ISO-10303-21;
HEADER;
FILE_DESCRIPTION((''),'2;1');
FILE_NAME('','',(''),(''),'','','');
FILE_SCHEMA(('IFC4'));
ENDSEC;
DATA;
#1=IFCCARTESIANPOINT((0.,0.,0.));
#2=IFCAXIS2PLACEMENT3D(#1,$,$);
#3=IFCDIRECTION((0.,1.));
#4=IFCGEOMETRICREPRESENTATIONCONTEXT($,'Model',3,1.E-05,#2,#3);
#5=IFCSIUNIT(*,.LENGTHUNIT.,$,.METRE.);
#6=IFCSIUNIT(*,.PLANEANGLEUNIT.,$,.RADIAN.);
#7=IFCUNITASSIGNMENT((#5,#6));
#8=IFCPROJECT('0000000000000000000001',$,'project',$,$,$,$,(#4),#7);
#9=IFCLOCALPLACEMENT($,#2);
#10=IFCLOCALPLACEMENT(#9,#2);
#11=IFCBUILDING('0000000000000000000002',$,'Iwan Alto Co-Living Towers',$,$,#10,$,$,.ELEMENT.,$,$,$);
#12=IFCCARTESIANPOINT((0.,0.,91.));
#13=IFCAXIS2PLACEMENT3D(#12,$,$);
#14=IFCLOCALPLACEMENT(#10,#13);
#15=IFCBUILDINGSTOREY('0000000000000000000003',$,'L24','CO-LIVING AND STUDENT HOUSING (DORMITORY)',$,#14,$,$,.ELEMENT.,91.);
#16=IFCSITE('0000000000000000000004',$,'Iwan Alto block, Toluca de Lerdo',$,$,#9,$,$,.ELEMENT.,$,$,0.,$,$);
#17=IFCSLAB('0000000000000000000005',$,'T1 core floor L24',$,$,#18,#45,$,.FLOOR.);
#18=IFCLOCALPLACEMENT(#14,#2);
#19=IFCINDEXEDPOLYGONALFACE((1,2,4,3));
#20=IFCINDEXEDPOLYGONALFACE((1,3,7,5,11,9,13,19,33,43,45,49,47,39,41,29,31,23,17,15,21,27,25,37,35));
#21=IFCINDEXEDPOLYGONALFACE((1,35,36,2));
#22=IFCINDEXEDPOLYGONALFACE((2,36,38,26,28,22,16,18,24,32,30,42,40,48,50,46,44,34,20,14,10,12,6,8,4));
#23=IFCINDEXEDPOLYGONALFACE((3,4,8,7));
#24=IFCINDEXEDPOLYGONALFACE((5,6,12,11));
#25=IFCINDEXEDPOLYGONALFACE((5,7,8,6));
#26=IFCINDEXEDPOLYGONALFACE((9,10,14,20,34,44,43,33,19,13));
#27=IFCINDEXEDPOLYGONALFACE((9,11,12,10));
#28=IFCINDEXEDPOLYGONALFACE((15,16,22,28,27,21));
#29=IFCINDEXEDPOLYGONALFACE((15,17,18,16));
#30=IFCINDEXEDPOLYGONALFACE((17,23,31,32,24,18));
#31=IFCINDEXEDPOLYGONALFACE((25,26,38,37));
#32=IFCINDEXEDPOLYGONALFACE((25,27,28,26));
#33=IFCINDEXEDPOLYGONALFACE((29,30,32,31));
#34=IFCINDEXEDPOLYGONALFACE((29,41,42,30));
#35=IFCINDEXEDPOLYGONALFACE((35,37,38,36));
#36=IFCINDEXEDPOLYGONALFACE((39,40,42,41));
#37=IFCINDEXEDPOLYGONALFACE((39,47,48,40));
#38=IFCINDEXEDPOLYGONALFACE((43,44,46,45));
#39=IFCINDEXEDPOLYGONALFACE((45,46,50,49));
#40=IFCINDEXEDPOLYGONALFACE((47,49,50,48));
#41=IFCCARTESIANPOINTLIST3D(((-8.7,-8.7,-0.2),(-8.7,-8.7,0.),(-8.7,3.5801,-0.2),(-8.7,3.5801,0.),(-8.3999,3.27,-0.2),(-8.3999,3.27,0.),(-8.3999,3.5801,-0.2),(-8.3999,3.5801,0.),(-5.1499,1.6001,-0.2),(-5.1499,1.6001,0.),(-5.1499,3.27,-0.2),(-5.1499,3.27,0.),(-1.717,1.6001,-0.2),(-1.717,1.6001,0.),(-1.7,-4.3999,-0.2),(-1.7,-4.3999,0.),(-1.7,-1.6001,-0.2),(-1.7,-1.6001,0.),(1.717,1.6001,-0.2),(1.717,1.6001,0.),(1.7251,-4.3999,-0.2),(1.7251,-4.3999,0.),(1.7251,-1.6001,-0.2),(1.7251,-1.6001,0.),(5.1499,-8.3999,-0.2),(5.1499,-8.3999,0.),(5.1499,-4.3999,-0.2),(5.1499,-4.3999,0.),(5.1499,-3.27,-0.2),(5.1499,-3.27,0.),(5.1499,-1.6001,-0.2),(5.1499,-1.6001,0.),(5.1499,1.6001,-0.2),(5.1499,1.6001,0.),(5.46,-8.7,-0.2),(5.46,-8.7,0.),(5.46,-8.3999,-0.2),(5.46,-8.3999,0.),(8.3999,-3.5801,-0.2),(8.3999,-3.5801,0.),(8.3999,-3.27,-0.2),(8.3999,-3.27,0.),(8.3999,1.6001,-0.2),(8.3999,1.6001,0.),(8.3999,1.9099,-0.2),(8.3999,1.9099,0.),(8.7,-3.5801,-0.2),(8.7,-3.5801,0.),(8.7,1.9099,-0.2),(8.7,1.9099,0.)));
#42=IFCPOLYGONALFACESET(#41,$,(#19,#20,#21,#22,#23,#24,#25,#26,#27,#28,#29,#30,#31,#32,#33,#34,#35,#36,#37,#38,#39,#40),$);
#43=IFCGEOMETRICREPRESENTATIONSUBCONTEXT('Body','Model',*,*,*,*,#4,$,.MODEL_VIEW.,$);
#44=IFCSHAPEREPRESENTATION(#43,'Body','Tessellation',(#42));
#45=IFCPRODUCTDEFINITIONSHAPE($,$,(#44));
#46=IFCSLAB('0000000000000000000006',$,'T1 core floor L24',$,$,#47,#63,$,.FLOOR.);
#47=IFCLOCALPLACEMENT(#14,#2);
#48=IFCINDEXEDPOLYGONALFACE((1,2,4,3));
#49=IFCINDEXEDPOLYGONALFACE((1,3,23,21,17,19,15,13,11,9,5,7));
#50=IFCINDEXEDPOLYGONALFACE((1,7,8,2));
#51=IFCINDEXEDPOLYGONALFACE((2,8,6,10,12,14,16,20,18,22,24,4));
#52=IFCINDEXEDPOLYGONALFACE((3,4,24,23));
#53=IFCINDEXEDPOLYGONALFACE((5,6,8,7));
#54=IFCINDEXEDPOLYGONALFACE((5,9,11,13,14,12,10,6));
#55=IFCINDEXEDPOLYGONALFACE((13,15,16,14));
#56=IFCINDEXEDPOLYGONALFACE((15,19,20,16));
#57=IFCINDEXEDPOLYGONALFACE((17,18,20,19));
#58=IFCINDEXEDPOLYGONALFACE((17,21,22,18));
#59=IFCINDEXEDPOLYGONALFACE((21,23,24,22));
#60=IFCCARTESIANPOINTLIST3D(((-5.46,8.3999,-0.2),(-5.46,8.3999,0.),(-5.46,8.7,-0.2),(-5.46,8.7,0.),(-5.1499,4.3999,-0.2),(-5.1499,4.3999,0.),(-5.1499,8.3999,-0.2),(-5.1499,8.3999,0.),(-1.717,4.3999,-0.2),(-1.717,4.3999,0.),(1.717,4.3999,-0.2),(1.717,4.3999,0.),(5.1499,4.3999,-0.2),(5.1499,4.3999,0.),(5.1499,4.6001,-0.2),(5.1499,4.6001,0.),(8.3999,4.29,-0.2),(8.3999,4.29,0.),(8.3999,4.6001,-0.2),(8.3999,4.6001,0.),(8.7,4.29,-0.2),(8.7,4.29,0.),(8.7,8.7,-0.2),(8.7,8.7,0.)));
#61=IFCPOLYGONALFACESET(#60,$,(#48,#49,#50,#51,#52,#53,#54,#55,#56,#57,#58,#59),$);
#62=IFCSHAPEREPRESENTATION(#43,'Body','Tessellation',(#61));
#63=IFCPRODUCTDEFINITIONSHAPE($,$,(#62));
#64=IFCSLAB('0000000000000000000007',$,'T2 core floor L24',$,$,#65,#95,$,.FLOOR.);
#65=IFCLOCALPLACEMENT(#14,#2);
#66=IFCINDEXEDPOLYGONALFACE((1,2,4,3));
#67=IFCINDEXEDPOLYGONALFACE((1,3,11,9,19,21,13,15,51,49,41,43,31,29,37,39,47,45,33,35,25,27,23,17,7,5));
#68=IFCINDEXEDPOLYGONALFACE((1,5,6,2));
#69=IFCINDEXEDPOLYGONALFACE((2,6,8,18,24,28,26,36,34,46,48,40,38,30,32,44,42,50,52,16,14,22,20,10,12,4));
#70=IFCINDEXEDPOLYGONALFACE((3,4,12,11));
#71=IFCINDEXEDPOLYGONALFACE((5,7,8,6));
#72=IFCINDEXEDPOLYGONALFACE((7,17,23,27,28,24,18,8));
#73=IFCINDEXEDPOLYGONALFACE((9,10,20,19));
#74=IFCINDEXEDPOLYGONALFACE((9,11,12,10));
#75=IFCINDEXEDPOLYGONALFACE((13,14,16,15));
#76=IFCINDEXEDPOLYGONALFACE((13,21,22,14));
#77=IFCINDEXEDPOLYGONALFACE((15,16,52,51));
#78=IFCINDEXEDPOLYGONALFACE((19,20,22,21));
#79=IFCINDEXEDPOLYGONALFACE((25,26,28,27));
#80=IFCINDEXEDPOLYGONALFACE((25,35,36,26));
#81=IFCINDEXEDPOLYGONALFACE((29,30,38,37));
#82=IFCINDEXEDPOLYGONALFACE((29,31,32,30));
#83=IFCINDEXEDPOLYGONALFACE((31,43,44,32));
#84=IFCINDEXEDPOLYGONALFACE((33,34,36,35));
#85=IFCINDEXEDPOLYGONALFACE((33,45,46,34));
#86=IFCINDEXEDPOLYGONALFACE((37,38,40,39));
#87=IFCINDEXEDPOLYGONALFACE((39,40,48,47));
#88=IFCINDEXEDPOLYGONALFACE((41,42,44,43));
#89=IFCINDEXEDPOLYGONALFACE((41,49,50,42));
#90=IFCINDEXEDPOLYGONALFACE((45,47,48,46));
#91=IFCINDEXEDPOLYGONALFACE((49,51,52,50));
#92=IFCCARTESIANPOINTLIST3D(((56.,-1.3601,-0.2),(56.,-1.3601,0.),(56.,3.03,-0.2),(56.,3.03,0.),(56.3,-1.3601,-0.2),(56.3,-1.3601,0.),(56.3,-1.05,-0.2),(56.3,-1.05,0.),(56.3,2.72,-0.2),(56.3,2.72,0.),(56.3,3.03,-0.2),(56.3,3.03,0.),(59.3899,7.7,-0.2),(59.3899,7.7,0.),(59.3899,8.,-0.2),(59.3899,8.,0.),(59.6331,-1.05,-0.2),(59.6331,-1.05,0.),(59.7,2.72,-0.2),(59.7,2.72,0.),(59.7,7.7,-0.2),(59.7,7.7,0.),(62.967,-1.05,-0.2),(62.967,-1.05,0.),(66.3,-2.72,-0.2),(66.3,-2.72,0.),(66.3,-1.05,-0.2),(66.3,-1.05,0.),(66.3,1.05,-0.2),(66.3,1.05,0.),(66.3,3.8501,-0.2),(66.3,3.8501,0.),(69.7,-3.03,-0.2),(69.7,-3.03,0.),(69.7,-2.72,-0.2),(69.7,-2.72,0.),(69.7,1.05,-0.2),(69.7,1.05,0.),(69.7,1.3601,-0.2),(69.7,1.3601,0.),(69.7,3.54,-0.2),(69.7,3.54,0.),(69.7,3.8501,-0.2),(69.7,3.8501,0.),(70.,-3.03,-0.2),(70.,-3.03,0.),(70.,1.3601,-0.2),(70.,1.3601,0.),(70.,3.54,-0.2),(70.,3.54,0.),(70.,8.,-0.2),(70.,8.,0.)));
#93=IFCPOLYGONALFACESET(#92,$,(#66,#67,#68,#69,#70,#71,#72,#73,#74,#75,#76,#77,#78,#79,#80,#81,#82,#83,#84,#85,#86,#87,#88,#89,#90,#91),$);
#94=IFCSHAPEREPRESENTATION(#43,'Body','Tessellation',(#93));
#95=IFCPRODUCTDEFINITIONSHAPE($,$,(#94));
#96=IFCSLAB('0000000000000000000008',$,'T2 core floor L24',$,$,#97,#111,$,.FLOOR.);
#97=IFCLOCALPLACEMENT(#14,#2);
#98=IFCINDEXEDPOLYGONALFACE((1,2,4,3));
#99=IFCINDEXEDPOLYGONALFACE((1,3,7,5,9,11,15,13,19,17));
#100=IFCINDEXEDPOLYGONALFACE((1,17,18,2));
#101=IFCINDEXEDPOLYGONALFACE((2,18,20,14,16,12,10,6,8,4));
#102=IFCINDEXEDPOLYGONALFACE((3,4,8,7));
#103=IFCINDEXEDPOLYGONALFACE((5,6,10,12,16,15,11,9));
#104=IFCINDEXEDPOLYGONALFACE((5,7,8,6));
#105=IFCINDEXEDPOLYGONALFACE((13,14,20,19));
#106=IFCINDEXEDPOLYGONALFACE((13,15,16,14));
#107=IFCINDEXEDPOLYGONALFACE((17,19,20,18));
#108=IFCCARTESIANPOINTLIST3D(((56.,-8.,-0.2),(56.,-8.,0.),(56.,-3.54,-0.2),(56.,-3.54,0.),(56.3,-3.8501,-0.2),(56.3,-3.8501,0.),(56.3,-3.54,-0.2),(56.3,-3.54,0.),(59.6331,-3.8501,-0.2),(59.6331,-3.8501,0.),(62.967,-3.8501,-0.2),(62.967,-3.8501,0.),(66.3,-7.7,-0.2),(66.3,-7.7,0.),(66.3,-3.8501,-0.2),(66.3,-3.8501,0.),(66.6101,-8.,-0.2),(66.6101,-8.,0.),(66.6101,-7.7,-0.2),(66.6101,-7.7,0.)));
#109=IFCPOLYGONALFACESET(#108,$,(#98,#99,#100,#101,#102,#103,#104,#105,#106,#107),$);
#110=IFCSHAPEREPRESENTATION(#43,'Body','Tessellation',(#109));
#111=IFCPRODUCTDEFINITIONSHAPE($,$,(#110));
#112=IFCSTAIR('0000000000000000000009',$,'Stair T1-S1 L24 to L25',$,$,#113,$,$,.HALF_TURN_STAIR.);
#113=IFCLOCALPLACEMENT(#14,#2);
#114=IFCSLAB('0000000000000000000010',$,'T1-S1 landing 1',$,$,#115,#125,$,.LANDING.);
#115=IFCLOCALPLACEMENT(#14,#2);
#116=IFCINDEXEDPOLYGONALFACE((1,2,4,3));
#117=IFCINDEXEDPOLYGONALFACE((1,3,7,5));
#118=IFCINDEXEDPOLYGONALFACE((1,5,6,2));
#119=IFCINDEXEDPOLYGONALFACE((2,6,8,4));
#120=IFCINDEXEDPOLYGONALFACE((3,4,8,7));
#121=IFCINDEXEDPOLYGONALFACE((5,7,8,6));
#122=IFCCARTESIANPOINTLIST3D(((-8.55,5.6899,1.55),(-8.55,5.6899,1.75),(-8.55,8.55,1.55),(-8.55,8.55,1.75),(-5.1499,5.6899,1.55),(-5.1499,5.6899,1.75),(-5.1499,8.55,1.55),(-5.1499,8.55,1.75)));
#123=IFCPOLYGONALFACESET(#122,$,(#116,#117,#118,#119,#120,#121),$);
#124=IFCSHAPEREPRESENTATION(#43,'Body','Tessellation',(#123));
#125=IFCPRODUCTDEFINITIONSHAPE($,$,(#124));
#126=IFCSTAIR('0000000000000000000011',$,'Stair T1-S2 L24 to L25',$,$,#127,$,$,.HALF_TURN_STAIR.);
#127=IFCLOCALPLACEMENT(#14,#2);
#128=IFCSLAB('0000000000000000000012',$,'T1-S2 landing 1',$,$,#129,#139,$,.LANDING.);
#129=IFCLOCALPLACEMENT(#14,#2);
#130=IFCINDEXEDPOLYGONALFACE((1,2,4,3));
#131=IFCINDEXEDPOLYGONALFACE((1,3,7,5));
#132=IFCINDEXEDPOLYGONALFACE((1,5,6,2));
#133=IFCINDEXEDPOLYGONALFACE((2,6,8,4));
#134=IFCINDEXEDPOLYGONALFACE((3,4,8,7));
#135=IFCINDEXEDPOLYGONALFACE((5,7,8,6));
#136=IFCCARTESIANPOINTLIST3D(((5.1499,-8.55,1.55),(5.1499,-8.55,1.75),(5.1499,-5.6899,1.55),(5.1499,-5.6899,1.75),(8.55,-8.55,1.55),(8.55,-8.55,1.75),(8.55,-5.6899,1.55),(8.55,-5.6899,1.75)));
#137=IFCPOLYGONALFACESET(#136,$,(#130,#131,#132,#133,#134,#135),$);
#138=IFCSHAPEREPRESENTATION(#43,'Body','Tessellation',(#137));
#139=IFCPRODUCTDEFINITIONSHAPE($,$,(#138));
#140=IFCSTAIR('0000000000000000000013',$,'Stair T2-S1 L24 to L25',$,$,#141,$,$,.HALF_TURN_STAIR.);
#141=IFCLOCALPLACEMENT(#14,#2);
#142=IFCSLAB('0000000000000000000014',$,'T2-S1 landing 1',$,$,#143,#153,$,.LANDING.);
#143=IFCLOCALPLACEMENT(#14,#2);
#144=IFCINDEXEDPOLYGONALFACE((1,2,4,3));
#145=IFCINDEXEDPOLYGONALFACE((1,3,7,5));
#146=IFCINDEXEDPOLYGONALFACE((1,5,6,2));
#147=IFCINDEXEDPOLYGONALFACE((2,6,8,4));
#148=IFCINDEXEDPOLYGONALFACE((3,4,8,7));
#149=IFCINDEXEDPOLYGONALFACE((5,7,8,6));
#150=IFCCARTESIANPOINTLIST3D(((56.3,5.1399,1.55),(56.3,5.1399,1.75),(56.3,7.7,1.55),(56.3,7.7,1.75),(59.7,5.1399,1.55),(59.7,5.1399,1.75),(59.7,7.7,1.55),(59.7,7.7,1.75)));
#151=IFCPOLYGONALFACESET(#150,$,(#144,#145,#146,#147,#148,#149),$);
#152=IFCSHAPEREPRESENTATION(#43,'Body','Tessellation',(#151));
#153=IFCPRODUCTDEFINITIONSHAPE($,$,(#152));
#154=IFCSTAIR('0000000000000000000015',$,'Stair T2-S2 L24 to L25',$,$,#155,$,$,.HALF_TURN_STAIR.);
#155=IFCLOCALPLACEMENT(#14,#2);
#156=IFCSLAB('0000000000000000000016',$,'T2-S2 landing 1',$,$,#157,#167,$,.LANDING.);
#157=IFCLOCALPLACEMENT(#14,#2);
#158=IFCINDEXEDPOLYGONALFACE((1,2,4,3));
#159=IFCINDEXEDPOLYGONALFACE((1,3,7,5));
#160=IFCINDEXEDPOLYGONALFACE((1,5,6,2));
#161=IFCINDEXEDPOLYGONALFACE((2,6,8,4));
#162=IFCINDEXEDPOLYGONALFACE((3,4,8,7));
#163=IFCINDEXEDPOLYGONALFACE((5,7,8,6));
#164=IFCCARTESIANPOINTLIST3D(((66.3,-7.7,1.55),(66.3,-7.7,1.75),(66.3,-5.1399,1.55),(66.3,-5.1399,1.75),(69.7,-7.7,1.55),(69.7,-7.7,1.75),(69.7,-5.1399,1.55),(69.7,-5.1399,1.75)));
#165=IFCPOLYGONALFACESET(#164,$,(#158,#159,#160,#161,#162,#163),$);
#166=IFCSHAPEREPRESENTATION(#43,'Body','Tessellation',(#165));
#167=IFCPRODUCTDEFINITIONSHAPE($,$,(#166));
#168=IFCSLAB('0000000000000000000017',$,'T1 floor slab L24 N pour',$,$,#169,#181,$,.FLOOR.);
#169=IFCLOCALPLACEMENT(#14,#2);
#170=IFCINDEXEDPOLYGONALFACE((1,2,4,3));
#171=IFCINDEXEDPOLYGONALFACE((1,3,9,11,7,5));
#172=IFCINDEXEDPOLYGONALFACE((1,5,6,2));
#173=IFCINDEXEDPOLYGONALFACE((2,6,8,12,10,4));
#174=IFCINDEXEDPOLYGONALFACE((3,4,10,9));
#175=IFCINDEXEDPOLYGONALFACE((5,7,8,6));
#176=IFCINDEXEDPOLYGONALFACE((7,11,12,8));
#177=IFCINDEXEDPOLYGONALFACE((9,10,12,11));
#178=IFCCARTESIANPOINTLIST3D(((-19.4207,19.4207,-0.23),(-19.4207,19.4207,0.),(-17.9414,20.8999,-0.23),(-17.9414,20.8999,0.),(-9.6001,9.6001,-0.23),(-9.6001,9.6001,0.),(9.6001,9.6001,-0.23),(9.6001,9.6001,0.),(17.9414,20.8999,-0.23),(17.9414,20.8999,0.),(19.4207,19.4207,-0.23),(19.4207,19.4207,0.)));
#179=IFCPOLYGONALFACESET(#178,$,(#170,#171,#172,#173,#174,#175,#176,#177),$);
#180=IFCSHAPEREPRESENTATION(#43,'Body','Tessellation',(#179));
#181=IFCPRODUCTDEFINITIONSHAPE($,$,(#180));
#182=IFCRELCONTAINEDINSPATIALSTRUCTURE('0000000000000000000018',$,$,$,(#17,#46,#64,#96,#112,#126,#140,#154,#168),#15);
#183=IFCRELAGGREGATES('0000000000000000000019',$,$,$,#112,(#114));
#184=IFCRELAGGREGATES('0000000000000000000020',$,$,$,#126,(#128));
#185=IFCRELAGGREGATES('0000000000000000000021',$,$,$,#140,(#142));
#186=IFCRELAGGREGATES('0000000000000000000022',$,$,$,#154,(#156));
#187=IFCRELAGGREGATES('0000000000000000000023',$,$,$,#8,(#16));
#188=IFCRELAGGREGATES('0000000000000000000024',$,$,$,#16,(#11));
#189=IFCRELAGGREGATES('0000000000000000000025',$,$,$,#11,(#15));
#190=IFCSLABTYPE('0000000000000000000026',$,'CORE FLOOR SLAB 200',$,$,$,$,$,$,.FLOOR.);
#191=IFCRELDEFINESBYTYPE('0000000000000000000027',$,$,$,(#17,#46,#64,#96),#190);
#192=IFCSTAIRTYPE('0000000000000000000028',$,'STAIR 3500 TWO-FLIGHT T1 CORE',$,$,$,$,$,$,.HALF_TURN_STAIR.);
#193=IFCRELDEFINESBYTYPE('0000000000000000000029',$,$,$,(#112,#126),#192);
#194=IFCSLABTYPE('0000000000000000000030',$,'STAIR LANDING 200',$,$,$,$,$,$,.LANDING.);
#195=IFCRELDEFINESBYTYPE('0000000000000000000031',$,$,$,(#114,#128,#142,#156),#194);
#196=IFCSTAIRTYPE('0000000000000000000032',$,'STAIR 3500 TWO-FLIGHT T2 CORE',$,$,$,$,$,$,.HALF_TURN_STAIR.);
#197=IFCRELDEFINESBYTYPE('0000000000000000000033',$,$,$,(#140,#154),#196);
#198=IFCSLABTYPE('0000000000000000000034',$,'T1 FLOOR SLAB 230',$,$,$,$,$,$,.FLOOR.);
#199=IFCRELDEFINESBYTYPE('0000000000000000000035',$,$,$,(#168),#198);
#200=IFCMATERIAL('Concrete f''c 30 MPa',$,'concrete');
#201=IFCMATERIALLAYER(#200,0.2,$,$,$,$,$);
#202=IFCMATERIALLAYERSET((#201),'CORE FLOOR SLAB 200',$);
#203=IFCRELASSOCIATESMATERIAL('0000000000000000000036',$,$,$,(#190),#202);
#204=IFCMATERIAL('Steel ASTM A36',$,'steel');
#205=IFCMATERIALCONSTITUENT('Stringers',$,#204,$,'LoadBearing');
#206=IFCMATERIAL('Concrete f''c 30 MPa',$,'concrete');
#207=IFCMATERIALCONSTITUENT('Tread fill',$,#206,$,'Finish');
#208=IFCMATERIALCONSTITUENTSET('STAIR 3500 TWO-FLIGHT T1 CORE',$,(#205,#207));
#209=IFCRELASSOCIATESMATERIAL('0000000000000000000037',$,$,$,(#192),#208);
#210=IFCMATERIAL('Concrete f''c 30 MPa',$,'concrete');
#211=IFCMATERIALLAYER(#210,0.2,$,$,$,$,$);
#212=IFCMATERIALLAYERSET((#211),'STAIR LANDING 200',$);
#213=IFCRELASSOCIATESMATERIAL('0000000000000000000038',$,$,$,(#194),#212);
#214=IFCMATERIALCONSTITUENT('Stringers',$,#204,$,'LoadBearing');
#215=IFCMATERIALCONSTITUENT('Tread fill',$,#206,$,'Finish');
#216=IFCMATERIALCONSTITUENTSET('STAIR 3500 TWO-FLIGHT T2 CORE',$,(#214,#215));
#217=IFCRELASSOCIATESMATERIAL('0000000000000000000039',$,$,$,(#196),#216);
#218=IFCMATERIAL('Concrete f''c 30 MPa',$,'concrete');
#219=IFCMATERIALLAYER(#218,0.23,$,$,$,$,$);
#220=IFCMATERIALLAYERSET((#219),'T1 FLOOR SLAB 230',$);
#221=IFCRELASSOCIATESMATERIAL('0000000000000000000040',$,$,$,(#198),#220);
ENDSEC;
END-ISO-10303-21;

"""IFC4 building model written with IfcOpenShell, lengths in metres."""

from ifc_helpers import new_model, si_unit, direction, frame, origin, place, context, subcontext, project, spatial, polyline, outline, extrude, material, layer, layer_set, constituent, constituent_set, type_object, element, aggregate, save


model = new_model("IFC4")

# Units and contexts
model_context = context("Model", 3, precision=1e-05, world=origin(), true_north=direction((0.0, 1.0)))
body_context = subcontext(model_context, "Body", "Model", "MODEL_VIEW")
ifc_project = project(units=[si_unit("LENGTHUNIT", "METRE"), si_unit("PLANEANGLEUNIT", "RADIAN")], contexts=[model_context])

# Site, building, storey
site_placement = place(None, origin())
site = spatial("IfcSite", under=ifc_project, at=site_placement, Name="Iwan Alto block, Toluca de Lerdo", CompositionType="ELEMENT", RefElevation=0.0)
building_placement = place(site_placement, origin())
building = spatial("IfcBuilding", under=site, at=building_placement, Name="Iwan Alto Co-Living Towers", CompositionType="ELEMENT")
storey_placement = place(building_placement, frame((0.0, 0.0, 91.0)))
storey = spatial("IfcBuildingStorey", under=building, at=storey_placement, Name="L24", Description="CO-LIVING AND STUDENT HOUSING (DORMITORY)", CompositionType="ELEMENT", Elevation=91.0)

# Slabs
ifc_material_1 = material(Name="Concrete f'c 30 MPa", Category="concrete")
ifc_layer_1 = layer(ifc_material_1, 0.2)
ifc_layer_set_1 = layer_set([ifc_layer_1], Name="CORE FLOOR SLAB 200")
slab_type_1 = type_object("IfcSlabType", Name="CORE FLOOR SLAB 200", PredefinedType="FLOOR", material=ifc_layer_set_1)
slab_1_placement = place(storey_placement, frame((0.0, 0.0, -0.2)))
element("IfcSlab", 1, at=slab_1_placement, inside=storey, type_object=slab_type_1, Name="T1 core floor L24", PredefinedType="FLOOR", context=body_context, shape_type="SweptSolid", body=[
    extrude(outline(polyline([(5.1499, -1.6001), (1.7251, -1.6001), (-1.7, -1.6001), (-1.7, -4.3999), (1.7251, -4.3999), (5.1499, -4.3999), (5.1499, -8.3999), (5.46, -8.3999), (5.46, -8.7), (-8.7, -8.7), (-8.7, 3.5801), (-8.3999, 3.5801), (-8.3999, 3.27), (-5.1499, 3.27), (-5.1499, 1.6001), (-1.717, 1.6001), (1.717, 1.6001), (5.1499, 1.6001), (8.3999, 1.6001), (8.3999, 1.9099), (8.7, 1.9099), (8.7, -3.5801), (8.3999, -3.5801), (8.3999, -3.27), (5.1499, -3.27), (5.1499, -1.6001)])), origin(), (0.0, 0.0, 1.0), 0.2),
])
slab_2_placement = place(storey_placement, frame((0.0, 0.0, -0.2)))
element("IfcSlab", 2, at=slab_2_placement, inside=storey, type_object=slab_type_1, Name="T1 core floor L24", PredefinedType="FLOOR", context=body_context, shape_type="SweptSolid", body=[
    extrude(outline(polyline([(1.717, 4.3999), (-1.717, 4.3999), (-5.1499, 4.3999), (-5.1499, 8.3999), (-5.46, 8.3999), (-5.46, 8.7), (8.7, 8.7), (8.7, 4.29), (8.3999, 4.29), (8.3999, 4.6001), (5.1499, 4.6001), (5.1499, 4.3999), (1.717, 4.3999)])), origin(), (0.0, 0.0, 1.0), 0.2),
])
slab_3_placement = place(storey_placement, frame((0.0, 0.0, -0.2)))
element("IfcSlab", 3, at=slab_3_placement, inside=storey, type_object=slab_type_1, Name="T2 core floor L24", PredefinedType="FLOOR", context=body_context, shape_type="SweptSolid", body=[
    extrude(outline(polyline([(70.0, -3.03), (69.7, -3.03), (69.7, -2.72), (66.3, -2.72), (66.3, -1.05), (62.967, -1.05), (59.6331, -1.05), (56.3, -1.05), (56.3, -1.3601), (56.0, -1.3601), (56.0, 3.03), (56.3, 3.03), (56.3, 2.72), (59.7, 2.72), (59.7, 7.7), (59.3899, 7.7), (59.3899, 8.0), (70.0, 8.0), (70.0, 3.54), (69.7, 3.54), (69.7, 3.8501), (66.3, 3.8501), (66.3, 1.05), (69.7, 1.05), (69.7, 1.3601), (70.0, 1.3601), (70.0, -3.03)])), origin(), (0.0, 0.0, 1.0), 0.2),
])
slab_4_placement = place(storey_placement, frame((0.0, 0.0, -0.2)))
element("IfcSlab", 4, at=slab_4_placement, inside=storey, type_object=slab_type_1, Name="T2 core floor L24", PredefinedType="FLOOR", context=body_context, shape_type="SweptSolid", body=[
    extrude(outline(polyline([(62.967, -3.8501), (66.3, -3.8501), (66.3, -7.7), (66.6101, -7.7), (66.6101, -8.0), (56.0, -8.0), (56.0, -3.54), (56.3, -3.54), (56.3, -3.8501), (59.6331, -3.8501), (62.967, -3.8501)])), origin(), (0.0, 0.0, 1.0), 0.2),
])

# Stairs, slabs
ifc_material_2 = material(Name="Steel ASTM A36", Category="steel")
ifc_constituent_1 = constituent(ifc_material_2, Name="Stringers", Category="LoadBearing")
ifc_material_3 = material(Name="Concrete f'c 30 MPa", Category="concrete")
ifc_constituent_2 = constituent(ifc_material_3, Name="Tread fill", Category="Finish")
ifc_constituent_set_1 = constituent_set(constituents=[ifc_constituent_1, ifc_constituent_2], Name="STAIR 3500 TWO-FLIGHT T1 CORE")
stair_type_1 = type_object("IfcStairType", Name="STAIR 3500 TWO-FLIGHT T1 CORE", PredefinedType="HALF_TURN_STAIR", material=ifc_constituent_set_1)
stair_1_placement = place(storey_placement, origin())
stair_1 = element("IfcStair", 5, at=stair_1_placement, inside=storey, type_object=stair_type_1, Name="Stair T1-S1 L24 to L25", PredefinedType="HALF_TURN_STAIR")
ifc_material_4 = material(Name="Concrete f'c 30 MPa", Category="concrete")
ifc_layer_2 = layer(ifc_material_4, 0.2)
ifc_layer_set_2 = layer_set([ifc_layer_2], Name="STAIR LANDING 200")
slab_type_2 = type_object("IfcSlabType", Name="STAIR LANDING 200", PredefinedType="LANDING", material=ifc_layer_set_2)
slab_5_placement = place(storey_placement, frame((0.0, 0.0, 1.55)))
slab_5 = element("IfcSlab", 6, at=slab_5_placement, type_object=slab_type_2, Name="T1-S1 landing 1", PredefinedType="LANDING", context=body_context, shape_type="SweptSolid", body=[
    extrude(outline(polyline([(-8.55, 5.6899), (-8.55, 8.55), (-5.1499, 8.55), (-5.1499, 5.6899), (-8.55, 5.6899)])), origin(), (0.0, 0.0, 1.0), 0.2),
])
aggregate(stair_1, [slab_5])
stair_2_placement = place(storey_placement, origin())
stair_2 = element("IfcStair", 7, at=stair_2_placement, inside=storey, type_object=stair_type_1, Name="Stair T1-S2 L24 to L25", PredefinedType="HALF_TURN_STAIR")
slab_6_placement = place(storey_placement, frame((0.0, 0.0, 1.55)))
slab_6 = element("IfcSlab", 8, at=slab_6_placement, type_object=slab_type_2, Name="T1-S2 landing 1", PredefinedType="LANDING", context=body_context, shape_type="SweptSolid", body=[
    extrude(outline(polyline([(5.1499, -5.6899), (5.1499, -8.55), (8.55, -8.55), (8.55, -5.6899), (5.1499, -5.6899)])), origin(), (0.0, 0.0, 1.0), 0.2),
])
aggregate(stair_2, [slab_6])
ifc_constituent_3 = constituent(ifc_material_2, Name="Stringers", Category="LoadBearing")
ifc_constituent_4 = constituent(ifc_material_3, Name="Tread fill", Category="Finish")
ifc_constituent_set_2 = constituent_set(constituents=[ifc_constituent_3, ifc_constituent_4], Name="STAIR 3500 TWO-FLIGHT T2 CORE")
stair_type_2 = type_object("IfcStairType", Name="STAIR 3500 TWO-FLIGHT T2 CORE", PredefinedType="HALF_TURN_STAIR", material=ifc_constituent_set_2)
stair_3_placement = place(storey_placement, origin())
stair_3 = element("IfcStair", 9, at=stair_3_placement, inside=storey, type_object=stair_type_2, Name="Stair T2-S1 L24 to L25", PredefinedType="HALF_TURN_STAIR")
slab_7_placement = place(storey_placement, frame((0.0, 0.0, 1.55)))
slab_7 = element("IfcSlab", 10, at=slab_7_placement, type_object=slab_type_2, Name="T2-S1 landing 1", PredefinedType="LANDING", context=body_context, shape_type="SweptSolid", body=[
    extrude(outline(polyline([(56.3, 5.1399), (56.3, 7.7), (59.7, 7.7), (59.7, 5.1399), (56.3, 5.1399)])), origin(), (0.0, 0.0, 1.0), 0.2),
])
aggregate(stair_3, [slab_7])
stair_4_placement = place(storey_placement, origin())
stair_4 = element("IfcStair", 11, at=stair_4_placement, inside=storey, type_object=stair_type_2, Name="Stair T2-S2 L24 to L25", PredefinedType="HALF_TURN_STAIR")
slab_8_placement = place(storey_placement, frame((0.0, 0.0, 1.55)))
slab_8 = element("IfcSlab", 12, at=slab_8_placement, type_object=slab_type_2, Name="T2-S2 landing 1", PredefinedType="LANDING", context=body_context, shape_type="SweptSolid", body=[
    extrude(outline(polyline([(66.3, -5.1399), (66.3, -7.7), (69.7, -7.7), (69.7, -5.1399), (66.3, -5.1399)])), origin(), (0.0, 0.0, 1.0), 0.2),
])
aggregate(stair_4, [slab_8])

# Slab
ifc_material_5 = material(Name="Concrete f'c 30 MPa", Category="concrete")
ifc_layer_3 = layer(ifc_material_5, 0.23)
ifc_layer_set_3 = layer_set([ifc_layer_3], Name="T1 FLOOR SLAB 230")
slab_type_3 = type_object("IfcSlabType", Name="T1 FLOOR SLAB 230", PredefinedType="FLOOR", material=ifc_layer_set_3)
slab_9_placement = place(storey_placement, frame((0.0, 0.0, -0.23)))
element("IfcSlab", 13, at=slab_9_placement, inside=storey, type_object=slab_type_3, Name="T1 floor slab L24 N pour", PredefinedType="FLOOR", context=body_context, shape_type="SweptSolid", body=[
    extrude(outline(polyline([(-17.9414, 20.8999), (17.9414, 20.8999), (19.4207, 19.4207), (9.6001, 9.6001), (-9.6001, 9.6001), (-19.4207, 19.4207), (-17.9414, 20.8999)])), origin(), (0.0, 0.0, 1.0), 0.23),
])

save(model, "model.ifc")
